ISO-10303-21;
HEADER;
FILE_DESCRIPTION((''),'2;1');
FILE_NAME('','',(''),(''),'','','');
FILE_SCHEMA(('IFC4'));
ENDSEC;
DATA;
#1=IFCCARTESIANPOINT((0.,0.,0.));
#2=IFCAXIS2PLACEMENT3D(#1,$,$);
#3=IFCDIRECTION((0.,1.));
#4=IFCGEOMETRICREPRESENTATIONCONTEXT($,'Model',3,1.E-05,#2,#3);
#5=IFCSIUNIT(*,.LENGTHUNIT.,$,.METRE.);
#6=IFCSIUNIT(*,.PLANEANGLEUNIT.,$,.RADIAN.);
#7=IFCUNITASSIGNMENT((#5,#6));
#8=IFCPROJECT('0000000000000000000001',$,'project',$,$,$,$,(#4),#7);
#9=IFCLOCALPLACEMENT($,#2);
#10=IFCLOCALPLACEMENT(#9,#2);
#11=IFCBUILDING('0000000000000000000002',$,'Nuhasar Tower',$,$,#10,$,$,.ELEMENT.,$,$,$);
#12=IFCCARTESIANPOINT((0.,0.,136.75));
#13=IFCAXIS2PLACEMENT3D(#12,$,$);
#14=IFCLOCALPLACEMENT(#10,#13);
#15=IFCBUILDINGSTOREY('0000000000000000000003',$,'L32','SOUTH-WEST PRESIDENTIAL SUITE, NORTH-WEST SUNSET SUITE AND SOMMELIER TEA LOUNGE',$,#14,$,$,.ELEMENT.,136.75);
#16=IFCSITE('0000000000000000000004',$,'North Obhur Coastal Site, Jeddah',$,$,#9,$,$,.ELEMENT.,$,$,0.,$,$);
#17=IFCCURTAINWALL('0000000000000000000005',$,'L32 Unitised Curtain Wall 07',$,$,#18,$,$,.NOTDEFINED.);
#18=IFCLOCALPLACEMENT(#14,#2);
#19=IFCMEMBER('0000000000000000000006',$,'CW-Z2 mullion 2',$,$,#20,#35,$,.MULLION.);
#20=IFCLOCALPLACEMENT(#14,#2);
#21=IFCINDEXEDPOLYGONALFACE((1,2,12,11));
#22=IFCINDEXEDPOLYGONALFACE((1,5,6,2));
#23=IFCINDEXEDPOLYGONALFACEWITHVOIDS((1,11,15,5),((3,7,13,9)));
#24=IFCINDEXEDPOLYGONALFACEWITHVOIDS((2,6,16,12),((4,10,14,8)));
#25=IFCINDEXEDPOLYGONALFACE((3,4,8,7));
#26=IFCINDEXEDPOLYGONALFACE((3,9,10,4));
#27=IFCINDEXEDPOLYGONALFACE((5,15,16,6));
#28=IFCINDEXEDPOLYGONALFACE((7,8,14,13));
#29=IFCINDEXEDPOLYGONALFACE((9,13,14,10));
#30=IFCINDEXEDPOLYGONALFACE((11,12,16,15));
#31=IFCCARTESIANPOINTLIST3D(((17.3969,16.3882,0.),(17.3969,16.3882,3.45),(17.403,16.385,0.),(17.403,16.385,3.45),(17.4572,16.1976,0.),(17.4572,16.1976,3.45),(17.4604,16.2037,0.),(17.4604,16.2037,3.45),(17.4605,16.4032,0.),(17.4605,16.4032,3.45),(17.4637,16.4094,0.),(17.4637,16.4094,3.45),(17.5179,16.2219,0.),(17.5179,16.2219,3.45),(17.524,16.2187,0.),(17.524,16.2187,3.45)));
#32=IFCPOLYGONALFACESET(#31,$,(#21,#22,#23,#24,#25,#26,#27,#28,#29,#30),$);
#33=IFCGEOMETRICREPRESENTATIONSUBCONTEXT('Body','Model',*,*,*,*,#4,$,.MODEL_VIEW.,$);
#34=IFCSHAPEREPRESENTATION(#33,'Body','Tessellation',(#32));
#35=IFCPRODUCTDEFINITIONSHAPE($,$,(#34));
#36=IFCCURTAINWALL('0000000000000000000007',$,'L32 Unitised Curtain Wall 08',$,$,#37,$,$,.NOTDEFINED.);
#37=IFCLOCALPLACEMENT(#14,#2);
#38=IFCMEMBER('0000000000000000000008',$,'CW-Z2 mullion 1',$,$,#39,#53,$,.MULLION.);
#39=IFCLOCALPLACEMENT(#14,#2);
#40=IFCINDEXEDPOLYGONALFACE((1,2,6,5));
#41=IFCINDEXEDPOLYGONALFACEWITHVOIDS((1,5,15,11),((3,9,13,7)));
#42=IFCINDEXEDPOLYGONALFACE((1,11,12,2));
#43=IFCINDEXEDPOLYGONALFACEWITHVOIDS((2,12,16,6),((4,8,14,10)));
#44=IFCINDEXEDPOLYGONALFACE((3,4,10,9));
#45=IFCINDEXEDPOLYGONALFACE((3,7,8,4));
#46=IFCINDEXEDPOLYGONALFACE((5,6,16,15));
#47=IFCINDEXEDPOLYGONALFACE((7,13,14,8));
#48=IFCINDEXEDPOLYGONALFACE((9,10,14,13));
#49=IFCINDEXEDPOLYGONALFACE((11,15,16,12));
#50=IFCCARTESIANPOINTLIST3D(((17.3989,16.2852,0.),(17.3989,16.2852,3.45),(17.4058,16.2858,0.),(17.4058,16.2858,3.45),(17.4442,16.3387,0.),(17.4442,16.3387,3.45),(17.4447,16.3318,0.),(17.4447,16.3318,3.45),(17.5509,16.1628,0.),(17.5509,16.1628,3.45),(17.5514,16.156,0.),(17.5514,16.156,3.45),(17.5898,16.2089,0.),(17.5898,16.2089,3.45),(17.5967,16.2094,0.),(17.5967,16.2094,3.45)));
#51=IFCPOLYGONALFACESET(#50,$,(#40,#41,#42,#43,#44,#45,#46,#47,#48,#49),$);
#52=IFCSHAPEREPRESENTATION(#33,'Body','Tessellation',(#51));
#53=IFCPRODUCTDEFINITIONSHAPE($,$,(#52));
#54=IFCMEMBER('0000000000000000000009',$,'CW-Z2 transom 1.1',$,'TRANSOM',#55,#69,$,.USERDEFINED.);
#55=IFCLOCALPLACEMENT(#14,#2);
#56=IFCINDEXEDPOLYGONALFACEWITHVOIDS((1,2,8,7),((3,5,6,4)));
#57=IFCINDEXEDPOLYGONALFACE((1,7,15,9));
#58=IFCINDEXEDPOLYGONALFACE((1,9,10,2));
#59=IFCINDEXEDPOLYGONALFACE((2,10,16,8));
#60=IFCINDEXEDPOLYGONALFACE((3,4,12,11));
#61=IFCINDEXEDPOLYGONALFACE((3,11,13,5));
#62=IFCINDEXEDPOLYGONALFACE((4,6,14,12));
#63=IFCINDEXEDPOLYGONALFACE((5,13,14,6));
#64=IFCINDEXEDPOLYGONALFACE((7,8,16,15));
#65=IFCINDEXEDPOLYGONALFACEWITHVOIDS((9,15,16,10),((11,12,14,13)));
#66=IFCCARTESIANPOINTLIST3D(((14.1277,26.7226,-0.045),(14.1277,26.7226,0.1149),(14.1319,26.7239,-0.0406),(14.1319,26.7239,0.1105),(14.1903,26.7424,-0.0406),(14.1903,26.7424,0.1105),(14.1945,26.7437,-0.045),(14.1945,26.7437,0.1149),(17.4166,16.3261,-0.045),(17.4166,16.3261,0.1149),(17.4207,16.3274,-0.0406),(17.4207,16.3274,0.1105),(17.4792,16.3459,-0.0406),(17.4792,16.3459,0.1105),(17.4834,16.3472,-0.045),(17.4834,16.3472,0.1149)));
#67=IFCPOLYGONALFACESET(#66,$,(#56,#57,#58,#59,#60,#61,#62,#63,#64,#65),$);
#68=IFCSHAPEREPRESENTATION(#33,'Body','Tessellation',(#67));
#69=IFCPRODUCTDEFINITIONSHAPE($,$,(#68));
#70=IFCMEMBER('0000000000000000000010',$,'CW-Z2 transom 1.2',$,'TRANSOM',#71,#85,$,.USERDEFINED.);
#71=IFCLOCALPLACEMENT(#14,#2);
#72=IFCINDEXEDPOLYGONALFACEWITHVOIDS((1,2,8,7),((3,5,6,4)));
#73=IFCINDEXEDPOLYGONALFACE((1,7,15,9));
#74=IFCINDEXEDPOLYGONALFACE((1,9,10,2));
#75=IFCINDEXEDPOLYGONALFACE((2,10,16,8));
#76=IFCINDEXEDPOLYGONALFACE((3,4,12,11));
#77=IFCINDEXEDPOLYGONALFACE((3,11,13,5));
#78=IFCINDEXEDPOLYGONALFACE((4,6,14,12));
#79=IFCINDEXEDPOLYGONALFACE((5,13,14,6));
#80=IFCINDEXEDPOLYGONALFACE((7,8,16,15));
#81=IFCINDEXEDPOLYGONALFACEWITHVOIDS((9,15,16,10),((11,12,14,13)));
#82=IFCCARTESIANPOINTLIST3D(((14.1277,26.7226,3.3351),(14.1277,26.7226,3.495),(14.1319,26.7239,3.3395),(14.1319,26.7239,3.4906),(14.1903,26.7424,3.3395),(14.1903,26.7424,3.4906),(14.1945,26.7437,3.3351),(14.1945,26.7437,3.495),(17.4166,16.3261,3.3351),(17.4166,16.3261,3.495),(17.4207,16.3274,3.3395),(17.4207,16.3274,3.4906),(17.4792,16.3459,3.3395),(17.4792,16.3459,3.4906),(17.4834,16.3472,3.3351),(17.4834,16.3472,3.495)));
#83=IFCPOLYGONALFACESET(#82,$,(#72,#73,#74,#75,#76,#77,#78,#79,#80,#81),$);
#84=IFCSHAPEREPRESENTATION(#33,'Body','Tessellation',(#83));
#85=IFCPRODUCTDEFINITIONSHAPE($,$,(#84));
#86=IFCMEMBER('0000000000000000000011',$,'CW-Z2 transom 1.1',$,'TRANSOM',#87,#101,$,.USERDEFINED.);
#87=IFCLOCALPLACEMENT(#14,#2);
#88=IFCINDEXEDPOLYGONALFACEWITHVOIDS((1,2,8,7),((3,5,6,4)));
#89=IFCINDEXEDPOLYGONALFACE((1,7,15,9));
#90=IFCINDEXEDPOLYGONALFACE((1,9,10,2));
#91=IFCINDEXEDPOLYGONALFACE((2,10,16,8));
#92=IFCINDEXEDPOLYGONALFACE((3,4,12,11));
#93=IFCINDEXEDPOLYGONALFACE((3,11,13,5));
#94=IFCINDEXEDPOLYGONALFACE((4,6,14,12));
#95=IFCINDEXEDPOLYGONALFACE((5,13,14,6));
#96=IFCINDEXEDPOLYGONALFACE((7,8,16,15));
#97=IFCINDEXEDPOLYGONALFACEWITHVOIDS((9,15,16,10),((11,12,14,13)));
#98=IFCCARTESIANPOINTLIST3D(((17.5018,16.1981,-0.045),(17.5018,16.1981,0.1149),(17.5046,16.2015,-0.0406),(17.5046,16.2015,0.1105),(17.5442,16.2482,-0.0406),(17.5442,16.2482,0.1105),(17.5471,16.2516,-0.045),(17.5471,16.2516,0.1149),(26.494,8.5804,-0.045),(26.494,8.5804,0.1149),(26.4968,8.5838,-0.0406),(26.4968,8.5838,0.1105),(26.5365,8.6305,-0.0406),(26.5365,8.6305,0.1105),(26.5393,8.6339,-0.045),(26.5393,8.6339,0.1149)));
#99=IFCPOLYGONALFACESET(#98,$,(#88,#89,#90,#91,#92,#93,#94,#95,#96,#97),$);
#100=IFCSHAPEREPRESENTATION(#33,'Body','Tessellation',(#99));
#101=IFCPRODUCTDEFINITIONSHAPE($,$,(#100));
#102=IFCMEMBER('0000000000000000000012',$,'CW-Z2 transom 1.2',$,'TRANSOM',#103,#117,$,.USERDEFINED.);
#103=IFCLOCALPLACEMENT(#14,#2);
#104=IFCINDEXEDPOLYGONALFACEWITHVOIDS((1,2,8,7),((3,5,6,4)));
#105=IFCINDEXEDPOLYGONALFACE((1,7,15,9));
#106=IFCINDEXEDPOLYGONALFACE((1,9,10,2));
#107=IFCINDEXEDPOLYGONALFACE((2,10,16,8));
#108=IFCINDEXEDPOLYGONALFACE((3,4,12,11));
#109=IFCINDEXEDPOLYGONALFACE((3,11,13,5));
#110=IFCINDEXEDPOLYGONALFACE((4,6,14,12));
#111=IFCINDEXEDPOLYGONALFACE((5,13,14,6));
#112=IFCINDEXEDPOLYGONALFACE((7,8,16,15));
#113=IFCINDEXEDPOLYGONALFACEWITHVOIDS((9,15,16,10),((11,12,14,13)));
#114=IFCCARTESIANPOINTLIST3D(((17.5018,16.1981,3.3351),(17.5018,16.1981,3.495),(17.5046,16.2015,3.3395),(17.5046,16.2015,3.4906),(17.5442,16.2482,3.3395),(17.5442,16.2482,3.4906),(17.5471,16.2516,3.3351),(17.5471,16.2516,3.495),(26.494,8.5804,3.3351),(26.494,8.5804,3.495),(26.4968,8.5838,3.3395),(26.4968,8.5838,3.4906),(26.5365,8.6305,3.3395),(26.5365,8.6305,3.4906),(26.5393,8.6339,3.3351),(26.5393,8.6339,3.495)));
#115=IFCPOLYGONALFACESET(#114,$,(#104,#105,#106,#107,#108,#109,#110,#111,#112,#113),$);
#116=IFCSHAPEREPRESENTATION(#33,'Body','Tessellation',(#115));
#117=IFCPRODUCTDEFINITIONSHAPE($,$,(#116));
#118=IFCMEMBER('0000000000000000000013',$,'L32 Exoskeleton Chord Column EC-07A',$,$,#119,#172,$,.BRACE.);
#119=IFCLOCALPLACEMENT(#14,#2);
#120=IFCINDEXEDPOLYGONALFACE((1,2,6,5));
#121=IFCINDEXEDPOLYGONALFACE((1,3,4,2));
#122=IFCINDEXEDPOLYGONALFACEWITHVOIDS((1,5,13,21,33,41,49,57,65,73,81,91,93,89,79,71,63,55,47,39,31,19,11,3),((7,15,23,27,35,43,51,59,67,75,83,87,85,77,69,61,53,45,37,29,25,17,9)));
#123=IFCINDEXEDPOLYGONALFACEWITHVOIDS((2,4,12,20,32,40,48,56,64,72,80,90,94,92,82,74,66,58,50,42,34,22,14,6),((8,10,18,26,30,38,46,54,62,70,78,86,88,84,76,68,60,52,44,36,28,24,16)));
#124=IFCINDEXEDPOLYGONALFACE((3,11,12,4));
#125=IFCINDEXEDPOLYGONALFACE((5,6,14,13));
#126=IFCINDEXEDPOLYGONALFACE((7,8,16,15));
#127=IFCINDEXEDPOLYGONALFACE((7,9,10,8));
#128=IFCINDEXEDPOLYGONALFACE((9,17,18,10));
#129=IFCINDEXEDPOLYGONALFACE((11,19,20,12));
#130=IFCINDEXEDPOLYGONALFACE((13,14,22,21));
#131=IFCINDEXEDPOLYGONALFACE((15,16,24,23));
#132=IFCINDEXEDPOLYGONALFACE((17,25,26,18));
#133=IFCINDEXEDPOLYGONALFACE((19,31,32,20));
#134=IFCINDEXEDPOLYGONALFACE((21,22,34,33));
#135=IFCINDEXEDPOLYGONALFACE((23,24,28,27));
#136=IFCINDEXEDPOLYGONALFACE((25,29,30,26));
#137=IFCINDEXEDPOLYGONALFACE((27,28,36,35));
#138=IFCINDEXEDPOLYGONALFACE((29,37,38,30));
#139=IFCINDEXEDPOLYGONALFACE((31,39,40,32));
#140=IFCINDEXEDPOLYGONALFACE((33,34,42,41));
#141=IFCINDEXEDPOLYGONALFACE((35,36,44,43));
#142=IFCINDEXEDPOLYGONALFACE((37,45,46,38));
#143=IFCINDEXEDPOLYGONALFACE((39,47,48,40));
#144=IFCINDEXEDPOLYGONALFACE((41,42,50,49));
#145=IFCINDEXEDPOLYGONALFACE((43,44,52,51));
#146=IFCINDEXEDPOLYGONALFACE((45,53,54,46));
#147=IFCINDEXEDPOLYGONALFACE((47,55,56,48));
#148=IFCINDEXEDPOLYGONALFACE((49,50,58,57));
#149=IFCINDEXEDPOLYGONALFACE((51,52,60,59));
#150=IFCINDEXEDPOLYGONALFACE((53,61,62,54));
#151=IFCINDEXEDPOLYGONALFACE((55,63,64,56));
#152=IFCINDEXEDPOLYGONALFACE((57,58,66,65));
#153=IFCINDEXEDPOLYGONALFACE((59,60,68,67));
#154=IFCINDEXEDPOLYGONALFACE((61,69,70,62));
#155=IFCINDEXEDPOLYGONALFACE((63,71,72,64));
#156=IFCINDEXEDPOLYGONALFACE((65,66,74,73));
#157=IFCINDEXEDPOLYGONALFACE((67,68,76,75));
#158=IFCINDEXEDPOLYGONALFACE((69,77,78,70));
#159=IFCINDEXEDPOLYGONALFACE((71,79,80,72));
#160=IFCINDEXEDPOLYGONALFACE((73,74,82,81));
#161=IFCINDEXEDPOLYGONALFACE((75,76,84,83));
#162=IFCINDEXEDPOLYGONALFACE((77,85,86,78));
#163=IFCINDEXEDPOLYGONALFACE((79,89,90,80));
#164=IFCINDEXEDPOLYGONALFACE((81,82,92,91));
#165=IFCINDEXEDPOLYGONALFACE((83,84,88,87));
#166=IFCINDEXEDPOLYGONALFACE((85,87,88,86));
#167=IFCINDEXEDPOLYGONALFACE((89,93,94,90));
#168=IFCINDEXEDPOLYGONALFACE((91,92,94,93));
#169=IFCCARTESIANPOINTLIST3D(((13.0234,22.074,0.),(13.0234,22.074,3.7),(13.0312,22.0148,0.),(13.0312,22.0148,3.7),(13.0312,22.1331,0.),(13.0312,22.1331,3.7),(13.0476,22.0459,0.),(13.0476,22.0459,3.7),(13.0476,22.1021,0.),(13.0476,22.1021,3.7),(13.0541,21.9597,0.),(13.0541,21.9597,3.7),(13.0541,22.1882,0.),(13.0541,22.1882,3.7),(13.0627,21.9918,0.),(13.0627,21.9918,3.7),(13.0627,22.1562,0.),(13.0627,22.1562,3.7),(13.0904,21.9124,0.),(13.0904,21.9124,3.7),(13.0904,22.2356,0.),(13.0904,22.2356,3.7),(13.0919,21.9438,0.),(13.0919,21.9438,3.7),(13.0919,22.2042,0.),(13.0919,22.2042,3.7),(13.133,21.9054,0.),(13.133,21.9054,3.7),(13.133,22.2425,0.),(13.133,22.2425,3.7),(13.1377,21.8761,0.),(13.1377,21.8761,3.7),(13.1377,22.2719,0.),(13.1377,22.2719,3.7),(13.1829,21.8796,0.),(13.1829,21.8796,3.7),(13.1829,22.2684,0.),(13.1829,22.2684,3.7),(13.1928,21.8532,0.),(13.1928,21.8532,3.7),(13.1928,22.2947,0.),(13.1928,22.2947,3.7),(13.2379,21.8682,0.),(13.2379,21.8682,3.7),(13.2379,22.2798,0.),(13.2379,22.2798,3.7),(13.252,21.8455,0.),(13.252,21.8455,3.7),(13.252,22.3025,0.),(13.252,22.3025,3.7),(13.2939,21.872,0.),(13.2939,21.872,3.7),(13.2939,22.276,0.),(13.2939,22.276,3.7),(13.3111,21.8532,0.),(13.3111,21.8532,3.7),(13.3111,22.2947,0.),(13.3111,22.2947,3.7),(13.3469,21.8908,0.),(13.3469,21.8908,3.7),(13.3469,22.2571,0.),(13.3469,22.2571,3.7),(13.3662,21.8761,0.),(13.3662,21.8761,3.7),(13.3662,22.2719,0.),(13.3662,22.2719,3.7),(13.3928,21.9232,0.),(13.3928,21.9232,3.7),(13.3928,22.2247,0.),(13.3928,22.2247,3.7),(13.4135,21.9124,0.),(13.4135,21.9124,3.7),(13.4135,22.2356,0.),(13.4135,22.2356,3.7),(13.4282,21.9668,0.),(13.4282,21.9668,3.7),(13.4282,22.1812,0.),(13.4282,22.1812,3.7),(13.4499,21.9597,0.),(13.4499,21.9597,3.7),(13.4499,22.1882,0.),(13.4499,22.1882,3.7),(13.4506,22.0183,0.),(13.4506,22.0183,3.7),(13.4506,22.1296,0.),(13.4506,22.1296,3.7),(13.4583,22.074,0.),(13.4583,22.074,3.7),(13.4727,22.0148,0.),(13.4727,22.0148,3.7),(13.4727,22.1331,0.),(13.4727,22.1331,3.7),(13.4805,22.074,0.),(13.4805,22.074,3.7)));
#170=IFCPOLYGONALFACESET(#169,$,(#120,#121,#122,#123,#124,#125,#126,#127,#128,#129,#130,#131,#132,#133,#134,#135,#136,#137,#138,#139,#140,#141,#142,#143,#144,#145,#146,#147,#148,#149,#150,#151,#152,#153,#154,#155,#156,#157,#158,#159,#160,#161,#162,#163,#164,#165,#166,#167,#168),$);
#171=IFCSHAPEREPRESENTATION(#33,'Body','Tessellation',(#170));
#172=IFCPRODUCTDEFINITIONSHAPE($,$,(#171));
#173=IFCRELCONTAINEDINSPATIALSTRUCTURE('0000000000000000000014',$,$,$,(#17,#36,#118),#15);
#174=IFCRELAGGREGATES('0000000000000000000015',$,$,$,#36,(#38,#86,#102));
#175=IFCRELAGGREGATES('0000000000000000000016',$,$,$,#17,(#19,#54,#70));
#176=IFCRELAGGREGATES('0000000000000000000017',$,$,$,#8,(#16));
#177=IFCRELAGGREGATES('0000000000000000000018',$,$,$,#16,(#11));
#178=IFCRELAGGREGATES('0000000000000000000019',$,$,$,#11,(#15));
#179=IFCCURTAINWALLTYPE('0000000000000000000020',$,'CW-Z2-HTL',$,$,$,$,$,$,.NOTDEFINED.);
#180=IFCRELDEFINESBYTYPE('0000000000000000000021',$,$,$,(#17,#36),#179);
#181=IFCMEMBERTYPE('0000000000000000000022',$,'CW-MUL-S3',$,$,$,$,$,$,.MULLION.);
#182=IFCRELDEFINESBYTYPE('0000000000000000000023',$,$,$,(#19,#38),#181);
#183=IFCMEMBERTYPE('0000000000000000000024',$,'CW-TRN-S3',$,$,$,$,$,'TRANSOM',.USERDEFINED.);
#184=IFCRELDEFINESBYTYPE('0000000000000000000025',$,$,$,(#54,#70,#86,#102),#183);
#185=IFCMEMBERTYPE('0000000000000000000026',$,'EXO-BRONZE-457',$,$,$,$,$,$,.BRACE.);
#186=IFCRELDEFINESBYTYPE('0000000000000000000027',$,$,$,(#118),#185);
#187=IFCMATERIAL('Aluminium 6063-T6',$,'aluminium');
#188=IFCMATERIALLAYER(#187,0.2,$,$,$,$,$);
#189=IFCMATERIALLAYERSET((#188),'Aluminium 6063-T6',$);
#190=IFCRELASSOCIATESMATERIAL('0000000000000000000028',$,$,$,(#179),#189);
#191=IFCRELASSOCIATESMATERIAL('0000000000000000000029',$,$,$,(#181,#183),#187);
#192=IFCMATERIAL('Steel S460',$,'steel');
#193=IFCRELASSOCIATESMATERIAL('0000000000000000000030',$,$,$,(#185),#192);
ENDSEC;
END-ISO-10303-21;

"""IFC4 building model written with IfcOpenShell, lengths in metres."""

from ifc_helpers import new_model, si_unit, direction, frame, origin, origin_2d, place, context, subcontext, project, spatial, hollow_rectangle, hollow_circle, extrude, material, layer, layer_set, material_profile, profile_set, type_object, element, aggregate, save


model = new_model("IFC4")

# Units and contexts
model_context = context("Model", 3, precision=1e-05, world=origin(), true_north=direction((0.0, 1.0)))
body_context = subcontext(model_context, "Body", "Model", "MODEL_VIEW")
ifc_project = project(units=[si_unit("LENGTHUNIT", "METRE"), si_unit("PLANEANGLEUNIT", "RADIAN")], contexts=[model_context])

# Site, building, storey
site_placement = place(None, origin())
site = spatial("IfcSite", under=ifc_project, at=site_placement, Name="North Obhur Coastal Site, Jeddah", CompositionType="ELEMENT", RefElevation=0.0)
building_placement = place(site_placement, origin())
building = spatial("IfcBuilding", under=site, at=building_placement, Name="Nuhasar Tower", CompositionType="ELEMENT")
storey_placement = place(building_placement, frame((0.0, 0.0, 136.75)))
storey = spatial("IfcBuildingStorey", under=building, at=storey_placement, Name="L32", Description="SOUTH-WEST PRESIDENTIAL SUITE, NORTH-WEST SUNSET SUITE AND SOMMELIER TEA LOUNGE", CompositionType="ELEMENT", Elevation=136.75)

# Curtain wall, member
ifc_material_1 = material(Name="Aluminium 6063-T6", Category="aluminium")
ifc_layer_1 = layer(ifc_material_1, 0.2)
ifc_layer_set_1 = layer_set([ifc_layer_1], Name="Aluminium 6063-T6")
curtain_wall_type = type_object("IfcCurtainWallType", Name="CW-Z2-HTL", PredefinedType="NOTDEFINED", material=ifc_layer_set_1)
curtain_wall_1_placement = place(storey_placement, origin())
curtain_wall_1 = element("IfcCurtainWall", 1, at=curtain_wall_1_placement, inside=storey, type_object=curtain_wall_type, Name="L32 Unitised Curtain Wall 07", PredefinedType="NOTDEFINED")
ifc_material_profile_1 = material_profile(ifc_material_1, hollow_rectangle(XDim=0.0701, YDim=0.2, WallThickness=0.0049, at=origin_2d()), Name="CWM-3")
ifc_profile_set_1 = profile_set([ifc_material_profile_1], Name="Aluminium 6063-T6")
member_type_1 = type_object("IfcMemberType", Name="CW-MUL-S3", PredefinedType="MULLION", material=ifc_profile_set_1)
member_1_placement = place(storey_placement, frame((17.4604, 16.3035, 0.0), z_axis=(0.0, 0.0, 1.0), x_axis=(0.953433, 0.301604, 0.0)))
member_1 = element("IfcMember", 2, at=member_1_placement, type_object=member_type_1, Name="CW-Z2 mullion 2", PredefinedType="MULLION", context=body_context, shape_type="SweptSolid", body=[
    extrude(hollow_rectangle(XDim=0.0701, YDim=0.2, WallThickness=0.0049, at=origin_2d()), origin(), (0.0, 0.0, 1.0), 3.45),
])

# Curtain wall, member
curtain_wall_2_placement = place(storey_placement, origin())
curtain_wall_2 = element("IfcCurtainWall", 3, at=curtain_wall_2_placement, inside=storey, type_object=curtain_wall_type, Name="L32 Unitised Curtain Wall 08", PredefinedType="NOTDEFINED")
member_2_placement = place(storey_placement, frame((17.4978, 16.2473, 0.0), z_axis=(0.0, 0.0, 1.0), x_axis=(0.646374, 0.76302, 0.0)))
member_2 = element("IfcMember", 4, at=member_2_placement, type_object=member_type_1, Name="CW-Z2 mullion 1", PredefinedType="MULLION", context=body_context, shape_type="SweptSolid", body=[
    extrude(hollow_rectangle(XDim=0.0701, YDim=0.2, WallThickness=0.0049, at=origin_2d()), origin(), (0.0, 0.0, 1.0), 3.45),
])

# Members
ifc_material_profile_2 = material_profile(ifc_material_1, hollow_rectangle(XDim=0.0701, YDim=0.1599, WallThickness=0.0044, at=origin_2d()), Name="CWT-3")
ifc_profile_set_2 = profile_set([ifc_material_profile_2], Name="Aluminium 6063-T6")
member_type_2 = type_object("IfcMemberType", Name="CW-TRN-S3", ElementType="TRANSOM", PredefinedType="USERDEFINED", material=ifc_profile_set_2)
member_3_placement = place(storey_placement, frame((14.1611, 26.7332, 0.0349), z_axis=(0.301608, -0.953432, 0.0), x_axis=(0.953432, 0.301608, 0.0)))
member_3 = element("IfcMember", 5, at=member_3_placement, type_object=member_type_2, Name="CW-Z2 transom 1.1", ObjectType="TRANSOM", PredefinedType="USERDEFINED", context=body_context, shape_type="SweptSolid", body=[
    extrude(hollow_rectangle(XDim=0.0701, YDim=0.1599, WallThickness=0.0044, at=origin_2d()), origin(), (0.0, 0.0, 1.0), 10.9043),
])
member_4_placement = place(storey_placement, frame((14.1611, 26.7332, 3.415), z_axis=(0.301608, -0.953432, 0.0), x_axis=(0.953432, 0.301608, 0.0)))
member_4 = element("IfcMember", 6, at=member_4_placement, type_object=member_type_2, Name="CW-Z2 transom 1.2", ObjectType="TRANSOM", PredefinedType="USERDEFINED", context=body_context, shape_type="SweptSolid", body=[
    extrude(hollow_rectangle(XDim=0.0701, YDim=0.1599, WallThickness=0.0044, at=origin_2d()), origin(), (0.0, 0.0, 1.0), 10.9043),
])
member_5_placement = place(storey_placement, frame((17.5244, 16.2249, 0.0349), z_axis=(0.763014, -0.646382, 0.0), x_axis=(0.646382, 0.763014, 0.0)))
member_5 = element("IfcMember", 7, at=member_5_placement, type_object=member_type_2, Name="CW-Z2 transom 1.1", ObjectType="TRANSOM", PredefinedType="USERDEFINED", context=body_context, shape_type="SweptSolid", body=[
    extrude(hollow_rectangle(XDim=0.0701, YDim=0.1599, WallThickness=0.0044, at=origin_2d()), origin(), (0.0, 0.0, 1.0), 11.7852),
])
member_6_placement = place(storey_placement, frame((17.5244, 16.2249, 3.415), z_axis=(0.763014, -0.646382, 0.0), x_axis=(0.646382, 0.763014, 0.0)))
member_6 = element("IfcMember", 8, at=member_6_placement, type_object=member_type_2, Name="CW-Z2 transom 1.2", ObjectType="TRANSOM", PredefinedType="USERDEFINED", context=body_context, shape_type="SweptSolid", body=[
    extrude(hollow_rectangle(XDim=0.0701, YDim=0.1599, WallThickness=0.0044, at=origin_2d()), origin(), (0.0, 0.0, 1.0), 11.7852),
])
aggregate(curtain_wall_2, [member_2, member_5, member_6])

# Member
ifc_material_2 = material(Name="Steel S460", Category="steel")
ifc_material_profile_3 = material_profile(ifc_material_2, hollow_circle(Radius=0.2285, WallThickness=0.0222, at=origin_2d()), Name="HSS457X22.2")
ifc_profile_set_3 = profile_set([ifc_material_profile_3], Name="Steel S460")
member_type_3 = type_object("IfcMemberType", Name="EXO-BRONZE-457", PredefinedType="BRACE", material=ifc_profile_set_3)
for number, where, z_axis, x_axis, name in (
    (9, (13.252, 22.074, 0.0), (0.0, 0.0, 1.0), (1.0, 0.0, 0.0), "L32 Exoskeleton Chord Column EC-07A"),
):
    element("IfcMember", number, at=place(storey_placement, frame(where, z_axis=z_axis, x_axis=x_axis)), inside=storey, type_object=member_type_3, Name=name, PredefinedType="BRACE", context=body_context, shape_type="SweptSolid", body=[
        extrude(hollow_circle(Radius=0.2285, WallThickness=0.0222, at=origin_2d()), origin(), (0.0, 0.0, 1.0), 3.7),
    ])

aggregate(curtain_wall_1, [member_1, member_3, member_4])

save(model, "model.ifc")
